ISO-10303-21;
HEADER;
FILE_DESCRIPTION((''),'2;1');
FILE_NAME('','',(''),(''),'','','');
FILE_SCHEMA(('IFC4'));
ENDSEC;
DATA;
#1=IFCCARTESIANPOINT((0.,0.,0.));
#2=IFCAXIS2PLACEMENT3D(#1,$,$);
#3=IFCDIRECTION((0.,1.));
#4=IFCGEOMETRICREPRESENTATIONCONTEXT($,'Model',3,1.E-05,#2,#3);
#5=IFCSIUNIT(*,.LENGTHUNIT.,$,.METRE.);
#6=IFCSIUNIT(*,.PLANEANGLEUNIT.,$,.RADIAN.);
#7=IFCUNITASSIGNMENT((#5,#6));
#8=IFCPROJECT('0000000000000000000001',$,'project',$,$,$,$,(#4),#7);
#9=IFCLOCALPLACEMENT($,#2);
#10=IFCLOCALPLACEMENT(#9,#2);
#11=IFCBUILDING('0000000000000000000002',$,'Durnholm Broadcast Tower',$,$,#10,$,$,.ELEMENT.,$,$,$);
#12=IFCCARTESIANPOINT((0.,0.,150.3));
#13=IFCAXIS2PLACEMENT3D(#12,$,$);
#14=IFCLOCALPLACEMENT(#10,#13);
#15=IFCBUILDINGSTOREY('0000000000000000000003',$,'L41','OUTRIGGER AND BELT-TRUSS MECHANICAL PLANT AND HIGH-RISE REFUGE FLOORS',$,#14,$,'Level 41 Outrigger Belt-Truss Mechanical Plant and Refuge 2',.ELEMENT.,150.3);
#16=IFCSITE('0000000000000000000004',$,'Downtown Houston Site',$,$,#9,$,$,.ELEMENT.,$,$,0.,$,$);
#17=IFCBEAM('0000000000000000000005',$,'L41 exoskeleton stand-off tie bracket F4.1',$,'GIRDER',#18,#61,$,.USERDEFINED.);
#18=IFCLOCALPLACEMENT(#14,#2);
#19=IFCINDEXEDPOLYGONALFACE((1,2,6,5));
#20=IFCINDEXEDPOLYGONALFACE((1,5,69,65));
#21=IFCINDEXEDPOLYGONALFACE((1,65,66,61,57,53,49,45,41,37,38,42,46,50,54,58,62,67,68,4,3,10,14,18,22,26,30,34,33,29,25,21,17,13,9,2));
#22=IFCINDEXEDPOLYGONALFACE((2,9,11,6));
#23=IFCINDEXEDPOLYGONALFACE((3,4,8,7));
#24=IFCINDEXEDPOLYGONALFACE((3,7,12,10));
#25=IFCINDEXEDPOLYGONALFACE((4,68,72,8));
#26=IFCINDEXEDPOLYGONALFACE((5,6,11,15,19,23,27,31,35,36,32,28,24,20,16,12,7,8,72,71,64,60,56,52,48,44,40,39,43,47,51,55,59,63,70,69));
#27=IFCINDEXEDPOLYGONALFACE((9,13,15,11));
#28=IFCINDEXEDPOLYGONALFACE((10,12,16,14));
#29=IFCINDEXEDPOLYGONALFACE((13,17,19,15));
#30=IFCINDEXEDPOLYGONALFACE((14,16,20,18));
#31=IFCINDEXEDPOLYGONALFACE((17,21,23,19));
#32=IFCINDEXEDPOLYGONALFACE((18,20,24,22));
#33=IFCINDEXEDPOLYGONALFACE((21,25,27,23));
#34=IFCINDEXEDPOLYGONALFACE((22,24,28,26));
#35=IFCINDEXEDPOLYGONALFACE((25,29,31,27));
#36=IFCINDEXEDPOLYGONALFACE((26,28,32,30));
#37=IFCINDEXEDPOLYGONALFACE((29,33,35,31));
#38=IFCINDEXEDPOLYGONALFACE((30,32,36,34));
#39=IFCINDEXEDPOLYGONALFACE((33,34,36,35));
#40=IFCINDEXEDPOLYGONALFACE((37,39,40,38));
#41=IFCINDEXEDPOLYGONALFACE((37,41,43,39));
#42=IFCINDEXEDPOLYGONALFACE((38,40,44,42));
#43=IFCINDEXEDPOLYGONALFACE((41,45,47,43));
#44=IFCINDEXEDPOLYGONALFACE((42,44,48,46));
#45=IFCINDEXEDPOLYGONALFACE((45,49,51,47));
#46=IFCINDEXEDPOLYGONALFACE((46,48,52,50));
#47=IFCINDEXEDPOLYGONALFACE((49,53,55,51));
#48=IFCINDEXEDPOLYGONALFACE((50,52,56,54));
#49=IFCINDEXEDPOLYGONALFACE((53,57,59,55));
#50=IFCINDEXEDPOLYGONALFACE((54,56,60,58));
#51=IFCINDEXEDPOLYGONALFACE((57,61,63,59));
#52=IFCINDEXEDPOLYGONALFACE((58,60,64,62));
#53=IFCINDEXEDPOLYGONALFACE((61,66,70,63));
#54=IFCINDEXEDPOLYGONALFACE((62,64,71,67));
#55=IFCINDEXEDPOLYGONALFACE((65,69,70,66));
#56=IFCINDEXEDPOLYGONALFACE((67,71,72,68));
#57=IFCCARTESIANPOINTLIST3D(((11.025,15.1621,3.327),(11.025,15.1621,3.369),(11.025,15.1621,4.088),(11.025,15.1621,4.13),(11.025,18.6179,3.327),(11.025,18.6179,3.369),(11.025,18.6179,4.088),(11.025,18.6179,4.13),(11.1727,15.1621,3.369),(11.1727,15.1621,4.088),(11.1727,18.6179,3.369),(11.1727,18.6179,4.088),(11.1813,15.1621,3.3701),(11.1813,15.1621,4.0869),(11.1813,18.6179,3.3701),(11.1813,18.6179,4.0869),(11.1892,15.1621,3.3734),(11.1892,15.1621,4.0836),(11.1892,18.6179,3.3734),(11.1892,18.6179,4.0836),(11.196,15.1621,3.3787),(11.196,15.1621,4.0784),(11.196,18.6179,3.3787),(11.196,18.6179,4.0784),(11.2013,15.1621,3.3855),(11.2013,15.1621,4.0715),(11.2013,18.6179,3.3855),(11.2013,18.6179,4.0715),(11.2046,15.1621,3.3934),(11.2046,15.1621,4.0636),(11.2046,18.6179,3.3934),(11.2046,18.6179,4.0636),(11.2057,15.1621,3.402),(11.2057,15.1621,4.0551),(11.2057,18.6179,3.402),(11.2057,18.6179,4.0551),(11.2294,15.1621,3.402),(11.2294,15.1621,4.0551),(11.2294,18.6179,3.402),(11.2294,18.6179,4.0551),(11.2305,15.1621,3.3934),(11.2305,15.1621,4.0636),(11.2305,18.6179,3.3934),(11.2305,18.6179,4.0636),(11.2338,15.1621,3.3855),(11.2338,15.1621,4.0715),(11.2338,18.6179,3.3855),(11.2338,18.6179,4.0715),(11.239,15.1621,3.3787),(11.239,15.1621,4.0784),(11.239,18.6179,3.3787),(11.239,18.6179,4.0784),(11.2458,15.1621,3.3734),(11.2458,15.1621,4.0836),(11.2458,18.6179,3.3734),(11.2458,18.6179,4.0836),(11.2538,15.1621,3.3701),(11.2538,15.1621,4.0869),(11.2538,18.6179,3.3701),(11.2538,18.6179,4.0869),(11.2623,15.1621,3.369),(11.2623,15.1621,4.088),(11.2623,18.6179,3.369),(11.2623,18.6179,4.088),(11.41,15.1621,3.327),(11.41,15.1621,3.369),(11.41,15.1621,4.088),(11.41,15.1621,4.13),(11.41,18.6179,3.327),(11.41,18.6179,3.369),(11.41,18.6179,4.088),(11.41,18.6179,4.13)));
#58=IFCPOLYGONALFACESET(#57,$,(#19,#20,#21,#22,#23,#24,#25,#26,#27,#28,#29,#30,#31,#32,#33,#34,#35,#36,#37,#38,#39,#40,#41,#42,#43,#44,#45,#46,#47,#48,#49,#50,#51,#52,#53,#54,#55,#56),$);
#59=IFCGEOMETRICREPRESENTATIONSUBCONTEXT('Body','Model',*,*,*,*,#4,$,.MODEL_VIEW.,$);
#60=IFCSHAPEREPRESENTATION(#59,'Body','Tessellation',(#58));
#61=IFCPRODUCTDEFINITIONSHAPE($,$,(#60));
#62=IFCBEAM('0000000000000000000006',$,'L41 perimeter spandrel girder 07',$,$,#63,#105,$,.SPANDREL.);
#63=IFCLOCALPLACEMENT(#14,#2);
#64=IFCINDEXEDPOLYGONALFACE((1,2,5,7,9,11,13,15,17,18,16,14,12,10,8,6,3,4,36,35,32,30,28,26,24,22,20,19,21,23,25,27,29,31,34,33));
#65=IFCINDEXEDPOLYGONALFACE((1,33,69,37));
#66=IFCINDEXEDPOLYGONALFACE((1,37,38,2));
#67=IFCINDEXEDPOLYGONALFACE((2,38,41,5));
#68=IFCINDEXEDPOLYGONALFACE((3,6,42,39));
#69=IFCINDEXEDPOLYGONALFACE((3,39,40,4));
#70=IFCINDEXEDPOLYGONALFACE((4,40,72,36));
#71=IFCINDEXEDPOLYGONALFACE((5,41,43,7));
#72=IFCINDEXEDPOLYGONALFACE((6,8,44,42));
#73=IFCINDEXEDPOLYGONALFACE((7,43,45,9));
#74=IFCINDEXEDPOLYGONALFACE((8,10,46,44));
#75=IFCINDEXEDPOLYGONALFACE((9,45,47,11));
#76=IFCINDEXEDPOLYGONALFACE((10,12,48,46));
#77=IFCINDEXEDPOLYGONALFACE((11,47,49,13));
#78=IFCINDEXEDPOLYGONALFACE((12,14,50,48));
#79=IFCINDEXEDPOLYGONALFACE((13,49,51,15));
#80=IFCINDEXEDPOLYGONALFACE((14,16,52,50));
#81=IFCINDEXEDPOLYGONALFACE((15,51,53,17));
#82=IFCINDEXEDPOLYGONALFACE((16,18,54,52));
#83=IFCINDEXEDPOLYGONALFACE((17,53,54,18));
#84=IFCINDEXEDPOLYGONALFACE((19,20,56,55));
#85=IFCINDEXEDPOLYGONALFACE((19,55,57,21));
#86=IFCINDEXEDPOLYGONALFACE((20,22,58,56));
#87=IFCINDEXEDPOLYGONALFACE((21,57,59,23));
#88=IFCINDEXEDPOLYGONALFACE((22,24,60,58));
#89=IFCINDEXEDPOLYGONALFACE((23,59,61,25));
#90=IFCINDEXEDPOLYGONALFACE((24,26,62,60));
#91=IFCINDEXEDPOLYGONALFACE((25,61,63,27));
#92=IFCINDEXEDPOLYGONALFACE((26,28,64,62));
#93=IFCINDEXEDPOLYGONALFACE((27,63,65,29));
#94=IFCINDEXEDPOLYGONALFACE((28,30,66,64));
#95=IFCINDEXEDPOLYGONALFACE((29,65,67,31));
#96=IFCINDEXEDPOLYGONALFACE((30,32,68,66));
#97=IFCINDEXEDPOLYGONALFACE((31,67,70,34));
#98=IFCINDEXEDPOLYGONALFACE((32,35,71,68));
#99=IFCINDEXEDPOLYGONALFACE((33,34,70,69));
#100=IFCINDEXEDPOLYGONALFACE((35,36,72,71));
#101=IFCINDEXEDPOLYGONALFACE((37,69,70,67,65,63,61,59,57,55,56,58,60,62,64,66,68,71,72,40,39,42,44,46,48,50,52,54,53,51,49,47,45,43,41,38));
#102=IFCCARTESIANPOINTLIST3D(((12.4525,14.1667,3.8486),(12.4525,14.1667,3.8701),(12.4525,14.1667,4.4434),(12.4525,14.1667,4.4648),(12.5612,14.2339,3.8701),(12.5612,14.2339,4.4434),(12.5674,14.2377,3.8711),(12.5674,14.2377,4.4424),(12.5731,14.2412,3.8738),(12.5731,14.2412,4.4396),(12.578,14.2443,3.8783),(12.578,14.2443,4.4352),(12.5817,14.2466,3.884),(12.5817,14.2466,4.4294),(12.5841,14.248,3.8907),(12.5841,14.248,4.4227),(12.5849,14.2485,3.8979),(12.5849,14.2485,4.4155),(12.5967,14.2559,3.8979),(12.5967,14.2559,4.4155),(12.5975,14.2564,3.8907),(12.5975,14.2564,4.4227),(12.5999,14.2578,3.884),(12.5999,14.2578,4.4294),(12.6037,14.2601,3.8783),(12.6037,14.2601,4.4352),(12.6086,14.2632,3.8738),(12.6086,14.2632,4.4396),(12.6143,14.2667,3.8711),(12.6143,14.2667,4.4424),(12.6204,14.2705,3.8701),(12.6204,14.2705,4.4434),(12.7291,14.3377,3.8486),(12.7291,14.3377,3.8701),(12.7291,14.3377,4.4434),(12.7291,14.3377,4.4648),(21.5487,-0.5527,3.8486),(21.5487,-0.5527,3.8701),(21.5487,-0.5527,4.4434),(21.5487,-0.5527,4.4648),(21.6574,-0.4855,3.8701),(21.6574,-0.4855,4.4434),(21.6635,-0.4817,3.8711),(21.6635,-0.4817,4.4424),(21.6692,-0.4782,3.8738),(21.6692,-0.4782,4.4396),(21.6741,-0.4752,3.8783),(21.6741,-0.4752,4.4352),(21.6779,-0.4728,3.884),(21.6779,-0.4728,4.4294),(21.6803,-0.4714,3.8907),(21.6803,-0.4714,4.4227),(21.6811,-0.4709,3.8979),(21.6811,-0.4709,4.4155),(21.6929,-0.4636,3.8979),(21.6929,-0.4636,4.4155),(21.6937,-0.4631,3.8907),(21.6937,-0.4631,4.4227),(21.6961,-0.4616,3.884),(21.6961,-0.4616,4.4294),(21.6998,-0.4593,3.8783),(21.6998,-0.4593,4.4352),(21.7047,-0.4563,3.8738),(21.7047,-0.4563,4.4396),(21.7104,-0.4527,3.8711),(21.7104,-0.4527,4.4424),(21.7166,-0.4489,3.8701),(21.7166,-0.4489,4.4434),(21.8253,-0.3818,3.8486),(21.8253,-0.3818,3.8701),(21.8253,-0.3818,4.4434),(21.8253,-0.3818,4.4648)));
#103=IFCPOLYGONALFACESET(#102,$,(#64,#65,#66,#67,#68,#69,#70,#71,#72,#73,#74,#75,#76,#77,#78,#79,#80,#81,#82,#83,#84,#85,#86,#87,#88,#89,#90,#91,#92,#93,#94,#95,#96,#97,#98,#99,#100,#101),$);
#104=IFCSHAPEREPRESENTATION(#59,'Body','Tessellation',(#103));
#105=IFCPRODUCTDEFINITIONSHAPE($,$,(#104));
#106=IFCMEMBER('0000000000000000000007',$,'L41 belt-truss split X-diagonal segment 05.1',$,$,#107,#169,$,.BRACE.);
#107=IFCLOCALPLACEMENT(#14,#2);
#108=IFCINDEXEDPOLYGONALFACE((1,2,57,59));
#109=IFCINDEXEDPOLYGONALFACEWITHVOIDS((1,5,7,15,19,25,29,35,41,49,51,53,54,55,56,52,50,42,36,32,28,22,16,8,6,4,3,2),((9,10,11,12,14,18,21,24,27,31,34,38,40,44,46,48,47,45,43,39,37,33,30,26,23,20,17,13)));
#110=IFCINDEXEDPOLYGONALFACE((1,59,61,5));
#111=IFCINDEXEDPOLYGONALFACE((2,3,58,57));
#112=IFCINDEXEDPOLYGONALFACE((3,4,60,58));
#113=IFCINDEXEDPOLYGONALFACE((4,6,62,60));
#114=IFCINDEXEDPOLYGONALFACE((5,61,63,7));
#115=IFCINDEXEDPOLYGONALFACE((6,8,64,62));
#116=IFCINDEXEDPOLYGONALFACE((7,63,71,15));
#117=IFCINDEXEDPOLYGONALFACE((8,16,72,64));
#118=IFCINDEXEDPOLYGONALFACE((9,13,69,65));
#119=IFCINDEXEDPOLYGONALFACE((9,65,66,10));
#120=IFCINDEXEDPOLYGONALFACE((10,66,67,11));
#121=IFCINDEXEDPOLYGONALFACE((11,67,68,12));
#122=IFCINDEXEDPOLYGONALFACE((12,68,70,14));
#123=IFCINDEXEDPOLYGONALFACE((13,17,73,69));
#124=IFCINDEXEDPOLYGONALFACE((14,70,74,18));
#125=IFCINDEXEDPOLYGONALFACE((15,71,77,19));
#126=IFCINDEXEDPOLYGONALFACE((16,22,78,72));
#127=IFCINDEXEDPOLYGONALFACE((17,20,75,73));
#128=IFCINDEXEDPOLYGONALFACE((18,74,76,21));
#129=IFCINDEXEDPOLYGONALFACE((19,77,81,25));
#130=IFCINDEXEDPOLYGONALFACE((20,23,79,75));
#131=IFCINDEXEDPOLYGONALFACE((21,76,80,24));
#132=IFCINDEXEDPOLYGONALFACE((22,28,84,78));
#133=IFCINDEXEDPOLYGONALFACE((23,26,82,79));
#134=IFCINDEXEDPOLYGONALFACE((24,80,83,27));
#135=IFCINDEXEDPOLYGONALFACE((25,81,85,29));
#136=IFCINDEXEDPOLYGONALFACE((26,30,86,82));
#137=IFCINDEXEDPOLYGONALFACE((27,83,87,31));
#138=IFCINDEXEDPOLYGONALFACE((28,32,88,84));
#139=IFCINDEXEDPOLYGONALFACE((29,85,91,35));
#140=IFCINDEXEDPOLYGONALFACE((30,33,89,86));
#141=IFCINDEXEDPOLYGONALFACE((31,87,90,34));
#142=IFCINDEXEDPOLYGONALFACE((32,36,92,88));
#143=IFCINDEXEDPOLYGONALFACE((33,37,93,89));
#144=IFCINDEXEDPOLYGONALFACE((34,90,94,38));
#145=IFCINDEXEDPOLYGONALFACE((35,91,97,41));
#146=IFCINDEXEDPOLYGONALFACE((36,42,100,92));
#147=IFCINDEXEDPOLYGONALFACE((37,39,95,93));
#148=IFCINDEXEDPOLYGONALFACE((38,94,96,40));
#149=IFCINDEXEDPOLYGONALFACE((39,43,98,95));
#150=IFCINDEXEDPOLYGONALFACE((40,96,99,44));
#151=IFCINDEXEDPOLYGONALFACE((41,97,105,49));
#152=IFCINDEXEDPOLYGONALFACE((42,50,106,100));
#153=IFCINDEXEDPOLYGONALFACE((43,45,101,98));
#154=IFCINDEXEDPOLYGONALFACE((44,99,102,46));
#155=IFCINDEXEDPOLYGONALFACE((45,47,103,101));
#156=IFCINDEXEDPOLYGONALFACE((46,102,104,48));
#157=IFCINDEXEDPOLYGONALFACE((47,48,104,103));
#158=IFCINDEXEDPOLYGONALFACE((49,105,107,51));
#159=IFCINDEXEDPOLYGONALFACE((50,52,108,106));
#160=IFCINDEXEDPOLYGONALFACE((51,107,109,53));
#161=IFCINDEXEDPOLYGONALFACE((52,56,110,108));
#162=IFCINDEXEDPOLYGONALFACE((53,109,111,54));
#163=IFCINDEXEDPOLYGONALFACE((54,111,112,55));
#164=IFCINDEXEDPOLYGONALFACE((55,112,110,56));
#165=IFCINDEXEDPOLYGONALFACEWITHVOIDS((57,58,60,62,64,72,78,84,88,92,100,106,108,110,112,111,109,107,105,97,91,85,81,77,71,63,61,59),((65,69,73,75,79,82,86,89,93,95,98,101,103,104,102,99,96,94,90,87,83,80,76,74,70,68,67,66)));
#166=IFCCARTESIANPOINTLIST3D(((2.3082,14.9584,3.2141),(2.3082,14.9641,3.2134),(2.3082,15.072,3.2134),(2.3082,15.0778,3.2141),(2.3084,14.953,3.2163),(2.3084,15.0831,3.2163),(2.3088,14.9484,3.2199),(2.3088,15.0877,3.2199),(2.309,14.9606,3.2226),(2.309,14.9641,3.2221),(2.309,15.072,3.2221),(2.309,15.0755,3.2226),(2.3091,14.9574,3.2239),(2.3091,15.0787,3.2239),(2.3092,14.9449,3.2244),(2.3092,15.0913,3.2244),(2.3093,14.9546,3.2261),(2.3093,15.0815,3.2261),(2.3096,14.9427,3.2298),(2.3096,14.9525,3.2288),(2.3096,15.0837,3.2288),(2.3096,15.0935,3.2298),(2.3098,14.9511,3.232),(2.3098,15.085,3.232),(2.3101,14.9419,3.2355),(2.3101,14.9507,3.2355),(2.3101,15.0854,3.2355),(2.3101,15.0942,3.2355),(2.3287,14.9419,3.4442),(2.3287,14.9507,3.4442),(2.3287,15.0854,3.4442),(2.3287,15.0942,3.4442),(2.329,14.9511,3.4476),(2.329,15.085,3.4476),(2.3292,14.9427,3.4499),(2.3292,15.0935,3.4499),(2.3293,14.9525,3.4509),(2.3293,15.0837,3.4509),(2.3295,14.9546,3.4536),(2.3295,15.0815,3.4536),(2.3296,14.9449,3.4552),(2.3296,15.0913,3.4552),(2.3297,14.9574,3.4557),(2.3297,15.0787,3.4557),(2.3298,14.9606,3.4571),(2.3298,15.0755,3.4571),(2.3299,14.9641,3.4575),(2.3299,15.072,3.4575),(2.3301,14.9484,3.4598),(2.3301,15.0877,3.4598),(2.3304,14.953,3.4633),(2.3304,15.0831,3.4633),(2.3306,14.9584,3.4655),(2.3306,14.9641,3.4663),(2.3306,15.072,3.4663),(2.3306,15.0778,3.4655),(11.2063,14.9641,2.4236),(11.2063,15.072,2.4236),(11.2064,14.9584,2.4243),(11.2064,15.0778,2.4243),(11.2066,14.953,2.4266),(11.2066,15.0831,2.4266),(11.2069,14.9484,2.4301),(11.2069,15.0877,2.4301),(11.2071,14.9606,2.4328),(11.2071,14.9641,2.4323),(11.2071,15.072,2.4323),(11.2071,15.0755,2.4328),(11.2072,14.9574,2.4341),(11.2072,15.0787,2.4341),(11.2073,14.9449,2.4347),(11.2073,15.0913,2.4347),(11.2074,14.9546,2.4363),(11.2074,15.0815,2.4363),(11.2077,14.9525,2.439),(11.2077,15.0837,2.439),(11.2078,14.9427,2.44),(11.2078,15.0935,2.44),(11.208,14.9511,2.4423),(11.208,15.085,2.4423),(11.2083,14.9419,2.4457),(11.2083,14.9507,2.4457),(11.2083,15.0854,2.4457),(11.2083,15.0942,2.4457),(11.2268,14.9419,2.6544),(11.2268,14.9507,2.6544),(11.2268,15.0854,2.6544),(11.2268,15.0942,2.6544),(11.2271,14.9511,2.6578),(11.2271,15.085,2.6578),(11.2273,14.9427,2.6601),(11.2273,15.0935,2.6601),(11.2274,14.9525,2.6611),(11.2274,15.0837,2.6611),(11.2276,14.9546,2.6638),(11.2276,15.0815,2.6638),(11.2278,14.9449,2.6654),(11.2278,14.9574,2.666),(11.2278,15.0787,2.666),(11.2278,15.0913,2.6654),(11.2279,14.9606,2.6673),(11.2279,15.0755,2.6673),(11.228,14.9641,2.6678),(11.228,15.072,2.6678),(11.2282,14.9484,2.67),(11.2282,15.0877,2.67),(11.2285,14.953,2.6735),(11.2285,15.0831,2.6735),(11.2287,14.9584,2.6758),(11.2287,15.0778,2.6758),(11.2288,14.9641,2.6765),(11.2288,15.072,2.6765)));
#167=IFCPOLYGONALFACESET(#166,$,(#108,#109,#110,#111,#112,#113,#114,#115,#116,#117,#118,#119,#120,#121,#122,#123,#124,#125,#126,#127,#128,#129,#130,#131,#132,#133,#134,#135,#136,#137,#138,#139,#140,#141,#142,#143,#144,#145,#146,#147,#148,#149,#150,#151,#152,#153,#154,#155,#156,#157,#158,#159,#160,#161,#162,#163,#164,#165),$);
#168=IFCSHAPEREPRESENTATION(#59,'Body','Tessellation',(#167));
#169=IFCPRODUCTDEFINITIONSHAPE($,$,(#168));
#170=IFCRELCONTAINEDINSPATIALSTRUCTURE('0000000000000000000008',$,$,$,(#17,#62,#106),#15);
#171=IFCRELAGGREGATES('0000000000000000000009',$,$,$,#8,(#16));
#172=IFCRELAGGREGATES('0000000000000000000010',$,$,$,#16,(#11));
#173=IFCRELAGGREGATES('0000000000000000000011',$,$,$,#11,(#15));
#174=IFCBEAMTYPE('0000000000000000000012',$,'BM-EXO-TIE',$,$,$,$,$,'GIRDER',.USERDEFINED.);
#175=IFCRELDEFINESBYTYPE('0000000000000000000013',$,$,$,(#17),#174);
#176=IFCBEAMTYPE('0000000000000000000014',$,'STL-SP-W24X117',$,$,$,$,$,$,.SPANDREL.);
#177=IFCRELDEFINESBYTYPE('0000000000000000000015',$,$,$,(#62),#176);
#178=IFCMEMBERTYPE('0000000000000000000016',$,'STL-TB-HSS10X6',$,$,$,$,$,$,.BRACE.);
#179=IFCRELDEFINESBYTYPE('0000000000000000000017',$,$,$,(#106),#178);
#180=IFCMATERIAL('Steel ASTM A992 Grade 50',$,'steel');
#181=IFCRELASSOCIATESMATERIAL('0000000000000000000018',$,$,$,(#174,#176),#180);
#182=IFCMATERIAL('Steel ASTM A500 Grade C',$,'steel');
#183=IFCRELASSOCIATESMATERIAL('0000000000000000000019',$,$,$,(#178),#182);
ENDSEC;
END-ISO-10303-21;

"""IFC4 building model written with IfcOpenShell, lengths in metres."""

from ifc_helpers import new_model, si_unit, direction, frame, origin, origin_2d, place, context, subcontext, project, spatial, hollow_rectangle, i_section, extrude, source, transform, mapped, material, material_profile, profile_set, type_object, type_shapes, element, save


model = new_model("IFC4")

# Units and contexts
model_context = context("Model", 3, precision=1e-05, world=origin(), true_north=direction((0.0, 1.0)))
body_context = subcontext(model_context, "Body", "Model", "MODEL_VIEW")
ifc_project = project(units=[si_unit("LENGTHUNIT", "METRE"), si_unit("PLANEANGLEUNIT", "RADIAN")], contexts=[model_context])

# Site, building, storey
site_placement = place(None, origin())
site = spatial("IfcSite", under=ifc_project, at=site_placement, Name="Downtown Houston Site", CompositionType="ELEMENT", RefElevation=0.0)
building_placement = place(site_placement, origin())
building = spatial("IfcBuilding", under=site, at=building_placement, Name="Durnholm Broadcast Tower", CompositionType="ELEMENT")
storey_placement = place(building_placement, frame((0.0, 0.0, 150.3)))
storey = spatial("IfcBuildingStorey", under=building, at=storey_placement, Name="L41", Description="OUTRIGGER AND BELT-TRUSS MECHANICAL PLANT AND HIGH-RISE REFUGE FLOORS", LongName="Level 41 Outrigger Belt-Truss Mechanical Plant and Refuge 2", CompositionType="ELEMENT", Elevation=150.3)

# Beams
ifc_material_1 = material(Name="Steel ASTM A992 Grade 50", Category="steel")
ifc_material_profile_1 = material_profile(ifc_material_1, i_section(OverallWidth=0.385, OverallDepth=0.803, WebThickness=0.0237, FlangeThickness=0.042, FilletRadius=0.033, at=origin_2d()), Name="W30X261")
ifc_profile_set_1 = profile_set([ifc_material_profile_1], Name="Steel ASTM A992 Grade 50")
beam_type_1 = type_object("IfcBeamType", Name="BM-EXO-TIE", ElementType="GIRDER", PredefinedType="USERDEFINED", material=ifc_profile_set_1)
shared_shape_1 = source(origin(), body_context, "Body", "SweptSolid", [
    extrude(i_section(OverallWidth=0.385, OverallDepth=0.803, WebThickness=0.0237, FlangeThickness=0.042, FilletRadius=0.033, at=origin_2d()), origin(), (0.0, 0.0, 1.0), 3.4558),
])
for number, where, z_axis, x_axis, name in (
    (1, (11.2175, 15.1621, 3.7285), (0.0, 1.0, 0.0), (-1.0, 0.0, 0.0), "L41 exoskeleton stand-off tie bracket F4.1"),
):
    element("IfcBeam", number, at=place(storey_placement, frame(where, z_axis=z_axis, x_axis=x_axis)), inside=storey, type_object=beam_type_1, Name=name, ObjectType="GIRDER", PredefinedType="USERDEFINED", context=body_context, shape_type="MappedRepresentation", body=[
        mapped(shared_shape_1, transform((0.0, 0.0, 0.0), x_axis=(1.0, 0.0, 0.0), y_axis=(0.0, 1.0, 0.0), z_axis=(0.0, 0.0, 1.0), scale=1.0)),
    ])
ifc_material_profile_2 = material_profile(ifc_material_1, i_section(OverallWidth=0.3252, OverallDepth=0.6162, WebThickness=0.0139, FlangeThickness=0.0215, FilletRadius=0.0278, at=origin_2d()), Name="W24X117")
ifc_profile_set_2 = profile_set([ifc_material_profile_2], Name="Steel ASTM A992 Grade 50")
beam_type_2 = type_object("IfcBeamType", Name="STL-SP-W24X117", PredefinedType="SPANDREL", material=ifc_profile_set_2)
shared_shape_2 = source(origin(), body_context, "Body", "SweptSolid", [
    extrude(i_section(OverallWidth=0.3252, OverallDepth=0.6162, WebThickness=0.0139, FlangeThickness=0.0215, FilletRadius=0.0278, at=origin_2d()), origin(), (0.0, 0.0, 1.0), 17.3032),
])
type_shapes(beam_type_2, [shared_shape_2])
beam_placement = place(storey_placement, frame((12.5908, 14.2522, 4.1567), z_axis=(0.525691, -0.850675, 0.0), x_axis=(0.850675, 0.525691, 0.0)))
element("IfcBeam", 2, at=beam_placement, inside=storey, type_object=beam_type_2, Name="L41 perimeter spandrel girder 07", PredefinedType="SPANDREL", context=body_context, shape_type="MappedRepresentation", body=[
    mapped(shared_shape_2, transform((0.0, 0.0, 0.0), x_axis=(1.0, 0.0, 0.0), y_axis=(0.0, 1.0, 0.0), z_axis=(0.0, 0.0, 1.0), scale=1.0)),
])

# Member
ifc_material_2 = material(Name="Steel ASTM A500 Grade C", Category="steel")
ifc_material_profile_3 = material_profile(ifc_material_2, hollow_rectangle(XDim=0.1523, YDim=0.2539, WallThickness=0.0088, InnerFilletRadius=0.0134, OuterFilletRadius=0.0222, at=origin_2d()), Name="HSS10X6X3/8")
ifc_profile_set_3 = profile_set([ifc_material_profile_3], Name="Steel ASTM A500 Grade C")
member_type_1 = type_object("IfcMemberType", Name="STL-TB-HSS10X6", PredefinedType="BRACE", material=ifc_profile_set_3)
shared_shape_3 = source(origin(), body_context, "Body", "SweptSolid", [
    extrude(hollow_rectangle(XDim=0.1523, YDim=0.2539, WallThickness=0.0088, InnerFilletRadius=0.0134, OuterFilletRadius=0.0222, at=origin_2d()), origin(), (0.0, 0.0, 1.0), 8.9331),
])
type_shapes(member_type_1, [shared_shape_3])
member_1_placement = place(storey_placement, frame((11.2175, 15.0181, 2.55), z_axis=(-0.996084, 0.0, 0.088411), x_axis=(0.0, -1.0, 0.0)))
element("IfcMember", 3, at=member_1_placement, inside=storey, type_object=member_type_1, Name="L41 belt-truss split X-diagonal segment 05.1", PredefinedType="BRACE", context=body_context, shape_type="MappedRepresentation", body=[
    mapped(shared_shape_3, transform((0.0, 0.0, 0.0), x_axis=(1.0, 0.0, 0.0), y_axis=(0.0, 1.0, 0.0), z_axis=(0.0, 0.0, 1.0), scale=1.0)),
])

save(model, "model.ifc")
